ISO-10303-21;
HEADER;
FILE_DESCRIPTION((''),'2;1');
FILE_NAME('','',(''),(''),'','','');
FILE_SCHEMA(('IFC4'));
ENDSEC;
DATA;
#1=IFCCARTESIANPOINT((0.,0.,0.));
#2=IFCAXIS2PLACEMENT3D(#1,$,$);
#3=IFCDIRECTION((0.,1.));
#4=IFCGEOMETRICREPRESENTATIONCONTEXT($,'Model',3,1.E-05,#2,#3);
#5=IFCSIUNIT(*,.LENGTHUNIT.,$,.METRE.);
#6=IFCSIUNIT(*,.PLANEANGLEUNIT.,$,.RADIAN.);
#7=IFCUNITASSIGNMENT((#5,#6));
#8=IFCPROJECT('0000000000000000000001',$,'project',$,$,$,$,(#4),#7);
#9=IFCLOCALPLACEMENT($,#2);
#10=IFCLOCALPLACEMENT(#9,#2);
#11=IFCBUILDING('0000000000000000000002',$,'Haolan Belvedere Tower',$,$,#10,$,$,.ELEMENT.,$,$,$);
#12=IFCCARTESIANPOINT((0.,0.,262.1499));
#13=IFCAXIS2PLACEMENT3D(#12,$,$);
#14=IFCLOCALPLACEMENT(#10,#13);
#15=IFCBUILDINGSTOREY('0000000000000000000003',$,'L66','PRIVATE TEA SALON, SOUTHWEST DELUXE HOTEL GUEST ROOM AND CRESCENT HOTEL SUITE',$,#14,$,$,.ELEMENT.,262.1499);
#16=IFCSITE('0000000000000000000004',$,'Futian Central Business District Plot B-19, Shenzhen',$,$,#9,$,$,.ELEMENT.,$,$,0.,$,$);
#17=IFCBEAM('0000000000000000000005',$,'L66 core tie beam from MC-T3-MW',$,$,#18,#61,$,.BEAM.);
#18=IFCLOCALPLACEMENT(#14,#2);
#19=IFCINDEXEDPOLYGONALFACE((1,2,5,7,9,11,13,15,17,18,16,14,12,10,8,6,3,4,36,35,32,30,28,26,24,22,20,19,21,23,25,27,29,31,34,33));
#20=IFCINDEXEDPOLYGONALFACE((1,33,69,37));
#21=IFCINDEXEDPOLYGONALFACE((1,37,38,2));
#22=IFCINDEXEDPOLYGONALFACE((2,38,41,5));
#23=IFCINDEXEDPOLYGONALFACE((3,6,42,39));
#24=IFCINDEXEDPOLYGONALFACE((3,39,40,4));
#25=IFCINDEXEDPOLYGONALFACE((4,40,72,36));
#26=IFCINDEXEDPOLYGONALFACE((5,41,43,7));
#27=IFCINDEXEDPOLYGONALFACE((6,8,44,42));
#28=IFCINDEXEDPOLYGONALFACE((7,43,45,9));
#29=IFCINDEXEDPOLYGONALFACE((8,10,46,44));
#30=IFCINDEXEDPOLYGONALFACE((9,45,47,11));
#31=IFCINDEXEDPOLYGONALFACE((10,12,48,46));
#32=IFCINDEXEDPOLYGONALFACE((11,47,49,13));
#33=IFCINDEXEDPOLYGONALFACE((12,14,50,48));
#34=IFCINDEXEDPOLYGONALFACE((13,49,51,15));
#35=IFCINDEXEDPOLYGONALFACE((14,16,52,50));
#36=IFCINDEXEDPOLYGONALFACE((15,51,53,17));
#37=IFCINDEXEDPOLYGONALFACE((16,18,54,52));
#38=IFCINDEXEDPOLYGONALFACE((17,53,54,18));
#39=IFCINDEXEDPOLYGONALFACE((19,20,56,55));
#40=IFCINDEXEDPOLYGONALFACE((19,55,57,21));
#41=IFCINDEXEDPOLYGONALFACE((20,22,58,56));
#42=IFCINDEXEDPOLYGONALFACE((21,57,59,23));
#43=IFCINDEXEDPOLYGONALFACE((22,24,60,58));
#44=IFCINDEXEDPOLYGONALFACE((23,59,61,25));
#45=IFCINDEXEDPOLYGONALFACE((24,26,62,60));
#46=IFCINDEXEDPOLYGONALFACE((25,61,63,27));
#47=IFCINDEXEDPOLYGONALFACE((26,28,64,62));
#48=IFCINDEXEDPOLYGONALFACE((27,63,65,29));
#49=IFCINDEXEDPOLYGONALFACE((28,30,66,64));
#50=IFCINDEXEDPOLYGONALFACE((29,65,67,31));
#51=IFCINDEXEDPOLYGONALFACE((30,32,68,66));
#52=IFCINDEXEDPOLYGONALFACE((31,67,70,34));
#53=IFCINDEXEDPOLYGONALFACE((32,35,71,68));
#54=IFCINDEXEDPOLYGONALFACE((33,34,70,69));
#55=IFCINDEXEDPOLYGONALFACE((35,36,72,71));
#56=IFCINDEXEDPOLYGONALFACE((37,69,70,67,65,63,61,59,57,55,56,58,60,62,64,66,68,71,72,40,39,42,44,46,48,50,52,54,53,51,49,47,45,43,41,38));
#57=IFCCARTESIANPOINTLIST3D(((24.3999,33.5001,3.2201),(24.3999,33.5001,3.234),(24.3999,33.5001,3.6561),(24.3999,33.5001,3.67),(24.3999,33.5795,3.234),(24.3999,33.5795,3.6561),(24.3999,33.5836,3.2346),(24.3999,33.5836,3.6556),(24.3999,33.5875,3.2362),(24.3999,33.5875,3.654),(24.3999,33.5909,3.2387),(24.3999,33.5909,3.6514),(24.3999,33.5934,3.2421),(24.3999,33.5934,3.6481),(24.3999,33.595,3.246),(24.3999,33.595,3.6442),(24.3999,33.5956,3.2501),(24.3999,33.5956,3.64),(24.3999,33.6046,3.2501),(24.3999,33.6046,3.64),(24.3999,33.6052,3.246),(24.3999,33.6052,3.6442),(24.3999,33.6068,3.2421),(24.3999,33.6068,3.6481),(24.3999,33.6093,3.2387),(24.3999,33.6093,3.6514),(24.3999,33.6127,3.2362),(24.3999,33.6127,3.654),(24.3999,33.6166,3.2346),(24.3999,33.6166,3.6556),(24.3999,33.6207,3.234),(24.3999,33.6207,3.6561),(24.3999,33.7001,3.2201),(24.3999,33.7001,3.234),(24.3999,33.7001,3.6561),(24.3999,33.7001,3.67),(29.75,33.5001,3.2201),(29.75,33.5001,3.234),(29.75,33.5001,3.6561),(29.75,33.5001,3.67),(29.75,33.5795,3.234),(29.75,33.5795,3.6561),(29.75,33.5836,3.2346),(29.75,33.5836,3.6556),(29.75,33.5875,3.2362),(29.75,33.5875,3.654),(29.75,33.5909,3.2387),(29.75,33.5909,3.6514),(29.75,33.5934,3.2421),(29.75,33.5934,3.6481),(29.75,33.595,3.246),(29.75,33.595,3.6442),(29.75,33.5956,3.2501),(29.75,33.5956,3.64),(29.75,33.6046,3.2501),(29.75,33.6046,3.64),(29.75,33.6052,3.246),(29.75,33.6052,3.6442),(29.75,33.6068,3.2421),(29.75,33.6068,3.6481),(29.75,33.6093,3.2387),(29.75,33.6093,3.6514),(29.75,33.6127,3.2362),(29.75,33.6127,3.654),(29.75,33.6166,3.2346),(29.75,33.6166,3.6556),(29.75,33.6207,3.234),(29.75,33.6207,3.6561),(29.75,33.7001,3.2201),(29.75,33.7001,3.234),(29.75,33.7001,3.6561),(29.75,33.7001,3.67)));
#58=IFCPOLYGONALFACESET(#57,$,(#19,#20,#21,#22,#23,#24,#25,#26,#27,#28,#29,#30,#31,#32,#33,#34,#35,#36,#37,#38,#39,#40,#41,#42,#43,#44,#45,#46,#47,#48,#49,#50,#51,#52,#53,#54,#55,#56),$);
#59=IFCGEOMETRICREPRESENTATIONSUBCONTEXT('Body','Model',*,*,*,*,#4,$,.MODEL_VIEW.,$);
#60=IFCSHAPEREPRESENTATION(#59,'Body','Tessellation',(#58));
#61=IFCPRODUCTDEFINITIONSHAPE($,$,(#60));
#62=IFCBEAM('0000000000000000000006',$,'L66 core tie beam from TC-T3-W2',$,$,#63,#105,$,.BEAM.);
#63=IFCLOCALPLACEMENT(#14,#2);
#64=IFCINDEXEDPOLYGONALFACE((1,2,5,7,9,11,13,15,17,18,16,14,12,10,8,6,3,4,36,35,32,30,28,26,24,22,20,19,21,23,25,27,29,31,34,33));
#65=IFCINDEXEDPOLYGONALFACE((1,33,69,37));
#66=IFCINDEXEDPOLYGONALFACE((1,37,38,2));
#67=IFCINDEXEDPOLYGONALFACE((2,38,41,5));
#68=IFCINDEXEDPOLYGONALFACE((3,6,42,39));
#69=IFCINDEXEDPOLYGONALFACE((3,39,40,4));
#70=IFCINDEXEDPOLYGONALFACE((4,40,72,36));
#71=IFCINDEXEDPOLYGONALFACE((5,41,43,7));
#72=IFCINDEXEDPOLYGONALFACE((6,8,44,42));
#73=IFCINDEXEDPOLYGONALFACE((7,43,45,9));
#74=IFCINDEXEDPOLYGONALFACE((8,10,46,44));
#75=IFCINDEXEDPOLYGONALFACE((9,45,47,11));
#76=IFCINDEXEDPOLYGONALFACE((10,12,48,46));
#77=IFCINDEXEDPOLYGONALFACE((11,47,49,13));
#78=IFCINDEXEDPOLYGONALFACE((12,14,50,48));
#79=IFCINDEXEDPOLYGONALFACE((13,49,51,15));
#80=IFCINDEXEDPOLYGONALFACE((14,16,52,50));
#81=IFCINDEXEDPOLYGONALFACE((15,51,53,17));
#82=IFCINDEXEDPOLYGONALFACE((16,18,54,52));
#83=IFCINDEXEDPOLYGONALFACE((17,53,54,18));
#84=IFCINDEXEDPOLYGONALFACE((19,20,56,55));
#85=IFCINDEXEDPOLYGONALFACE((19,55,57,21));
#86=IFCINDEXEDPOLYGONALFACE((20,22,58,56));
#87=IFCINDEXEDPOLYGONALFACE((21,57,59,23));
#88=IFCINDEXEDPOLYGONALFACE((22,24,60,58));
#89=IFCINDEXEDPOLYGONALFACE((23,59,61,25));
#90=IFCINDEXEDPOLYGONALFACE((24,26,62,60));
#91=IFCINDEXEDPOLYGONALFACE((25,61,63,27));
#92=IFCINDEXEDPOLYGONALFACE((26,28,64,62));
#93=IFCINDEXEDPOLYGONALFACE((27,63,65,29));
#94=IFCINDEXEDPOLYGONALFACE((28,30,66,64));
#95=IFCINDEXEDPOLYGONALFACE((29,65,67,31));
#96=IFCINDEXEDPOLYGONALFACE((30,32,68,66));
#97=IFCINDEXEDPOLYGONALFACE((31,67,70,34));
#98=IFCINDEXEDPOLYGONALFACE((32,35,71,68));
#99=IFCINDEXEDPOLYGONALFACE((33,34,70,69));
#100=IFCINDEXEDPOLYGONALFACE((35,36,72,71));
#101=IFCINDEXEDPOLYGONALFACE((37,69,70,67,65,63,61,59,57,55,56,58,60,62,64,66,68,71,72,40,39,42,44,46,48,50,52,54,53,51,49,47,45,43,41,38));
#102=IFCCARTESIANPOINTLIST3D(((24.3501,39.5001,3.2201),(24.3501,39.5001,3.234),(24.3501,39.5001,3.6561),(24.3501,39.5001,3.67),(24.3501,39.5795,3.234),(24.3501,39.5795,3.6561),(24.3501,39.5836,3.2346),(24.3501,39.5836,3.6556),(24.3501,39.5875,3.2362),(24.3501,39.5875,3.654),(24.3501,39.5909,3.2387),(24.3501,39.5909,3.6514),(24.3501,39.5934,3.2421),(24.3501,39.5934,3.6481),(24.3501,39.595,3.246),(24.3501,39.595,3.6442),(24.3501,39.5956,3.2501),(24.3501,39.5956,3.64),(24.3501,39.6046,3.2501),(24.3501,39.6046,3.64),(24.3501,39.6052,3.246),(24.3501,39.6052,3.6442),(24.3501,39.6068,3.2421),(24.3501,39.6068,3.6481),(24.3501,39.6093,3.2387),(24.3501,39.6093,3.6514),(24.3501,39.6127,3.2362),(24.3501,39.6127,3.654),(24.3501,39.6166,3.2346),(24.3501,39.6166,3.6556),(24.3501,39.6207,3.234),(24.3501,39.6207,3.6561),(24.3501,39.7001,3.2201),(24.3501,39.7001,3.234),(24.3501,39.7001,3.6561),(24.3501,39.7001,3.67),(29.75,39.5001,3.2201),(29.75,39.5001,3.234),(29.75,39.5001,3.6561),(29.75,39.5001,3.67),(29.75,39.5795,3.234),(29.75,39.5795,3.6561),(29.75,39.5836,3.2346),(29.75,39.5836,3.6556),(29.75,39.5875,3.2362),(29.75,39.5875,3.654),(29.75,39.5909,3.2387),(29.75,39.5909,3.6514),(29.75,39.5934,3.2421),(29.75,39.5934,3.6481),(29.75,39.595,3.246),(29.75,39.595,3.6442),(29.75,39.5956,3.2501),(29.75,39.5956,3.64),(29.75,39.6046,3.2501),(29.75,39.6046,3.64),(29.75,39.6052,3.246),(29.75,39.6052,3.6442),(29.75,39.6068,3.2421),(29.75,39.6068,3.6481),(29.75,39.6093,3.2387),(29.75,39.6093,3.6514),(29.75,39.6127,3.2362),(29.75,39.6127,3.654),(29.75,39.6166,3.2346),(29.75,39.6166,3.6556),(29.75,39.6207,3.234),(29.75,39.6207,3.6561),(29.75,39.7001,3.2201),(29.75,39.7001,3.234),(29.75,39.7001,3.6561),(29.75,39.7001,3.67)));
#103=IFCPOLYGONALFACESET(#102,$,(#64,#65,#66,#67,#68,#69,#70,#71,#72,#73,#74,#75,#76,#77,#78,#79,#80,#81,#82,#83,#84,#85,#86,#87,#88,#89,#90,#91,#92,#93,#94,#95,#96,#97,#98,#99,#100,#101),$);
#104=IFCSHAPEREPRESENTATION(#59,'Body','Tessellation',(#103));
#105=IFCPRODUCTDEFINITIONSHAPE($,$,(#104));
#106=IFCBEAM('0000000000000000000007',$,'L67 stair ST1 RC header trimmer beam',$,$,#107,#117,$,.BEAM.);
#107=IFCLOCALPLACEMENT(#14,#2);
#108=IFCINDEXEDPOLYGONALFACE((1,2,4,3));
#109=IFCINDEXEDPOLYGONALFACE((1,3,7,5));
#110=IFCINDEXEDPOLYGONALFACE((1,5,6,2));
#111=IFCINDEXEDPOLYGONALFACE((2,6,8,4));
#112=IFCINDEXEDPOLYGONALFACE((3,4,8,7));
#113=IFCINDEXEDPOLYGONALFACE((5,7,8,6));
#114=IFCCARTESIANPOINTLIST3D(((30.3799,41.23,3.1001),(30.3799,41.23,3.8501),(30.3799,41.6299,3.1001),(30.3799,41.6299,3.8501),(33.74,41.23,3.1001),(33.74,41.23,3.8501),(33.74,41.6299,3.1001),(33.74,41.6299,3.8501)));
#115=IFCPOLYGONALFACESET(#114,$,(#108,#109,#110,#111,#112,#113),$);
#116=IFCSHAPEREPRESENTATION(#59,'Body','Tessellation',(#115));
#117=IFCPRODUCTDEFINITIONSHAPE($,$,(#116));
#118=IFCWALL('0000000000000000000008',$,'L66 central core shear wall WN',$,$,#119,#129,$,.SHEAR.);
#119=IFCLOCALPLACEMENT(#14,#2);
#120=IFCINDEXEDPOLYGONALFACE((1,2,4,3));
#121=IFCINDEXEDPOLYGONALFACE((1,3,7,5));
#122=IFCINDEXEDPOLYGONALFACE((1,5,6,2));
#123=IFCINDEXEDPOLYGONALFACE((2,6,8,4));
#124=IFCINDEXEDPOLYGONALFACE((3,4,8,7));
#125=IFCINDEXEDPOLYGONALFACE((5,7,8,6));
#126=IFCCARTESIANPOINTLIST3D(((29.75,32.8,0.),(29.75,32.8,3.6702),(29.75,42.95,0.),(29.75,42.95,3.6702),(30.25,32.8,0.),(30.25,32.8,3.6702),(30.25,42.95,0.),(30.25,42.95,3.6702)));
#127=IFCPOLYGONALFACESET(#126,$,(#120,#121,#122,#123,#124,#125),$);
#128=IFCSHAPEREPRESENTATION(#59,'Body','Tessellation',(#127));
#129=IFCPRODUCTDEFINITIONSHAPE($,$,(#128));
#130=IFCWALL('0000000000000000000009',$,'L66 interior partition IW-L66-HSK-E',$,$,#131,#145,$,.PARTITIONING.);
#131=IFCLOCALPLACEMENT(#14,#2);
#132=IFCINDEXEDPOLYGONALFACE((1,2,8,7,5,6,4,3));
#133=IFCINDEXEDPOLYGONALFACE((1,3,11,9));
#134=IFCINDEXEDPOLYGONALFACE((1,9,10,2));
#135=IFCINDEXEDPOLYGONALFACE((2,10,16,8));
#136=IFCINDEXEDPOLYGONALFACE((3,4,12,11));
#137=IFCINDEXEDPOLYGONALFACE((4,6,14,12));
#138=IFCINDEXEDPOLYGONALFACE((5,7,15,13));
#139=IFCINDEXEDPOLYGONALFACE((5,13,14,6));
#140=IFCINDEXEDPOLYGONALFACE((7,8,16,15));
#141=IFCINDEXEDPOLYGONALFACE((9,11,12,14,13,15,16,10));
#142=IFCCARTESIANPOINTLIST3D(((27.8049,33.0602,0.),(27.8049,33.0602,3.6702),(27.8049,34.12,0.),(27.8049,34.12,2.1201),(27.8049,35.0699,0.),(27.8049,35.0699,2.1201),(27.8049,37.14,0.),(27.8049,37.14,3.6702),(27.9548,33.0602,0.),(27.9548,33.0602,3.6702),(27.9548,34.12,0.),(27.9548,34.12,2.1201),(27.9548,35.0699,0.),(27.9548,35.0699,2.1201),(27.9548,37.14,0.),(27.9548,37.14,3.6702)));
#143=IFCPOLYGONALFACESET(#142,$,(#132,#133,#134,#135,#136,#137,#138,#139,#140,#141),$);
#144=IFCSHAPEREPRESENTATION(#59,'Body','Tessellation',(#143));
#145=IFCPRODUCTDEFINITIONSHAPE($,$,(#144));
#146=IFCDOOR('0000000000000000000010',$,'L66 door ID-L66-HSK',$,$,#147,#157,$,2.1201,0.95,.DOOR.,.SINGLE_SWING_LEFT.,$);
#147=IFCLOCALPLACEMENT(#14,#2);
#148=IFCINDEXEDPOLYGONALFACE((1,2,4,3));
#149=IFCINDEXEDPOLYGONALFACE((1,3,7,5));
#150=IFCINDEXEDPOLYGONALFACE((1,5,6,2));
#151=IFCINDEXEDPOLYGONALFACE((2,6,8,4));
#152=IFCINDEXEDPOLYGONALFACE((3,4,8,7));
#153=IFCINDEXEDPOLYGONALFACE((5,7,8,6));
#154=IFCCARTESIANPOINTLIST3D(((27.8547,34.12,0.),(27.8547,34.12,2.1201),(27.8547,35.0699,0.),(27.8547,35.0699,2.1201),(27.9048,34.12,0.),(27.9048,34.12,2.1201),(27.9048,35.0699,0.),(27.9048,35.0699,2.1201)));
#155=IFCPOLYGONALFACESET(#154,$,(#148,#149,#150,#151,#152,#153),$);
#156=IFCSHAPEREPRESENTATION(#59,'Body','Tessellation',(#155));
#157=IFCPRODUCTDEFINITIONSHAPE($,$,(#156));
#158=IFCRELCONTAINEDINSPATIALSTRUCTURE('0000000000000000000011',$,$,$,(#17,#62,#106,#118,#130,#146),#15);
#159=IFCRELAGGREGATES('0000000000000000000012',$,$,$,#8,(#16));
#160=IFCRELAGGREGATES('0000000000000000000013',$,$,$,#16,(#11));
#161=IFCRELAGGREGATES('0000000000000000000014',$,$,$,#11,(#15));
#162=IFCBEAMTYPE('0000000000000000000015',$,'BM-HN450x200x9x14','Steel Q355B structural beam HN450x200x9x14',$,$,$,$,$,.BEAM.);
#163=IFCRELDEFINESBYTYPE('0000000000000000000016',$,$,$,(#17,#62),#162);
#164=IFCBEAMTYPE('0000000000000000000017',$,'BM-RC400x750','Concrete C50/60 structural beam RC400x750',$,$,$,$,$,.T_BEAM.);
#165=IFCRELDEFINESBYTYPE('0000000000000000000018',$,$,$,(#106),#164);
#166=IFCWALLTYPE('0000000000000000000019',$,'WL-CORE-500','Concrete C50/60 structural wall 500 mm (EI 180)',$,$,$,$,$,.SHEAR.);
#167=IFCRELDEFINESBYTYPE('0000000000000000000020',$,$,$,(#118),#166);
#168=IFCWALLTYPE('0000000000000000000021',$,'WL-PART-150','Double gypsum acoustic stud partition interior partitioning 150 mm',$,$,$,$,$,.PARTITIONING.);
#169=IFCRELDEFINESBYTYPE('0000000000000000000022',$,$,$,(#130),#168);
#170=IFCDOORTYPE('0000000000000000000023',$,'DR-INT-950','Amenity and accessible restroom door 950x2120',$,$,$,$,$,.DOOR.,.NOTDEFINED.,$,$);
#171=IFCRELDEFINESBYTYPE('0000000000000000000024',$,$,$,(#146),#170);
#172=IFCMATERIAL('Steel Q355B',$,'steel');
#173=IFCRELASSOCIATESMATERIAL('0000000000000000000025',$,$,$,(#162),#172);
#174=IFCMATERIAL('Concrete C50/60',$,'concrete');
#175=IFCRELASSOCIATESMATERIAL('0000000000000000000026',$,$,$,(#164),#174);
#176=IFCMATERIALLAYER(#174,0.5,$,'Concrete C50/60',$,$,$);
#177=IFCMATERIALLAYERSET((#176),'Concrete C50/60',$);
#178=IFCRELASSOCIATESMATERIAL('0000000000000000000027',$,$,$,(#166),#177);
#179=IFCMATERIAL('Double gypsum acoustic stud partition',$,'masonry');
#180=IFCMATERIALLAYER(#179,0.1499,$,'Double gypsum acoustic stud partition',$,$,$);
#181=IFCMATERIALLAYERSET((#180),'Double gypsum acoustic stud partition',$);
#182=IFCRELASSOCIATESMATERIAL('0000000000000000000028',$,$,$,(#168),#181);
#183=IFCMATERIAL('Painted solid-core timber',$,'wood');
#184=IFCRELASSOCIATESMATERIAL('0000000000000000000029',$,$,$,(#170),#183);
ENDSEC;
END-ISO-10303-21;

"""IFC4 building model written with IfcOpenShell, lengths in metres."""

from ifc_helpers import new_model, si_unit, direction, frame, frame_2d, origin, origin_2d, place, context, subcontext, project, spatial, rectangle, i_section, extrude, material, layer, layer_set, material_profile, profile_set, type_object, element, fill, save


model = new_model("IFC4")

# Units and contexts
model_context = context("Model", 3, precision=1e-05, world=origin(), true_north=direction((0.0, 1.0)))
body_context = subcontext(model_context, "Body", "Model", "MODEL_VIEW")
ifc_project = project(units=[si_unit("LENGTHUNIT", "METRE"), si_unit("PLANEANGLEUNIT", "RADIAN")], contexts=[model_context])

# Site, building, storey
site_placement = place(None, origin())
site = spatial("IfcSite", under=ifc_project, at=site_placement, Name="Futian Central Business District Plot B-19, Shenzhen", CompositionType="ELEMENT", RefElevation=0.0)
building_placement = place(site_placement, origin())
building = spatial("IfcBuilding", under=site, at=building_placement, Name="Haolan Belvedere Tower", CompositionType="ELEMENT")
storey_placement = place(building_placement, frame((0.0, 0.0, 262.1499)))
storey = spatial("IfcBuildingStorey", under=building, at=storey_placement, Name="L66", Description="PRIVATE TEA SALON, SOUTHWEST DELUXE HOTEL GUEST ROOM AND CRESCENT HOTEL SUITE", CompositionType="ELEMENT", Elevation=262.1499)

# Beams
ifc_material_1 = material(Name="Steel Q355B", Category="steel")
ifc_material_profile_1 = material_profile(ifc_material_1, i_section(OverallWidth=0.2, OverallDepth=0.45, WebThickness=0.009, FlangeThickness=0.0139, FilletRadius=0.0161, at=origin_2d()), Name="Steel Q355B")
ifc_profile_set_1 = profile_set([ifc_material_profile_1], Name="Steel Q355B")
beam_type_1 = type_object("IfcBeamType", Name="BM-HN450x200x9x14", Description="Steel Q355B structural beam HN450x200x9x14", PredefinedType="BEAM", material=ifc_profile_set_1)
beam_1_placement = place(storey_placement, frame((24.3999, 33.6001, 3.4451), z_axis=(1.0, 0.0, 0.0), x_axis=(0.0, 1.0, 0.0)))
element("IfcBeam", 1, at=beam_1_placement, inside=storey, type_object=beam_type_1, Name="L66 core tie beam from MC-T3-MW", PredefinedType="BEAM", context=body_context, shape_type="SweptSolid", body=[
    extrude(i_section(OverallWidth=0.2, OverallDepth=0.45, WebThickness=0.009, FlangeThickness=0.0139, FilletRadius=0.0161, at=origin_2d()), origin(), (0.0, 0.0, 1.0), 5.3501),
])
beam_2_placement = place(storey_placement, frame((24.3501, 39.6001, 3.4451), z_axis=(1.0, 0.0, 0.0), x_axis=(0.0, 1.0, 0.0)))
element("IfcBeam", 2, at=beam_2_placement, inside=storey, type_object=beam_type_1, Name="L66 core tie beam from TC-T3-W2", PredefinedType="BEAM", context=body_context, shape_type="SweptSolid", body=[
    extrude(i_section(OverallWidth=0.2, OverallDepth=0.45, WebThickness=0.009, FlangeThickness=0.0139, FilletRadius=0.0161, at=origin_2d()), origin(), (0.0, 0.0, 1.0), 5.3999),
])
ifc_material_2 = material(Name="Concrete C50/60", Category="concrete")
ifc_material_profile_2 = material_profile(ifc_material_2, rectangle(XDim=0.3999, YDim=0.75, at=origin_2d()), Name="Concrete C50/60")
ifc_profile_set_2 = profile_set([ifc_material_profile_2], Name="Concrete C50/60")
beam_type_2 = type_object("IfcBeamType", Name="BM-RC400x750", Description="Concrete C50/60 structural beam RC400x750", PredefinedType="T_BEAM", material=ifc_profile_set_2)
beam_3_placement = place(storey_placement, frame((30.3799, 41.4299, 3.4751), z_axis=(1.0, 0.0, 0.0), x_axis=(0.0, 1.0, 0.0)))
element("IfcBeam", 3, at=beam_3_placement, inside=storey, type_object=beam_type_2, Name="L67 stair ST1 RC header trimmer beam", PredefinedType="BEAM", context=body_context, shape_type="SweptSolid", body=[
    extrude(rectangle(XDim=0.3999, YDim=0.75, at=origin_2d()), origin(), (0.0, 0.0, 1.0), 3.3601),
])

# Shared definitions
ifc_layer_1 = layer(ifc_material_2, 0.5, Name="Concrete C50/60")
ifc_layer_set_1 = layer_set([ifc_layer_1], Name="Concrete C50/60")
wall_type_1 = type_object("IfcWallType", Name="WL-CORE-500", Description="Concrete C50/60 structural wall 500 mm (EI 180)", PredefinedType="SHEAR", material=ifc_layer_set_1)

# Wall
wall_1_placement = place(storey_placement, frame((30.0, 32.8, 0.0), z_axis=(0.0, 0.0, 1.0), x_axis=(0.0, 1.0, 0.0)))
element("IfcWall", 4, at=wall_1_placement, inside=storey, type_object=wall_type_1, Name="L66 central core shear wall WN", PredefinedType="SHEAR", context=body_context, shape_type="SweptSolid", body=[
    extrude(rectangle(XDim=10.1499, YDim=0.5, at=frame_2d((5.075, 0.0))), origin(), (0.0, 0.0, 1.0), 3.6702),
])

# Wall, opening, door
ifc_material_3 = material(Name="Double gypsum acoustic stud partition", Category="masonry")
ifc_layer_2 = layer(ifc_material_3, 0.1499, Name="Double gypsum acoustic stud partition")
ifc_layer_set_2 = layer_set([ifc_layer_2], Name="Double gypsum acoustic stud partition")
wall_type_2 = type_object("IfcWallType", Name="WL-PART-150", Description="Double gypsum acoustic stud partition interior partitioning 150 mm", PredefinedType="PARTITIONING", material=ifc_layer_set_2)
wall_2_placement = place(storey_placement, frame((27.8799, 33.0601, 0.0), z_axis=(0.0, 0.0, 1.0), x_axis=(0.0, 1.0, 0.0)))
wall_2 = element("IfcWall", 5, at=wall_2_placement, inside=storey, type_object=wall_type_2, Name="L66 interior partition IW-L66-HSK-E", PredefinedType="PARTITIONING", context=body_context, shape_type="SweptSolid", body=[
    extrude(rectangle(XDim=4.0798, YDim=0.1499, at=frame_2d((2.04, 0.0))), origin(), (0.0, 0.0, 1.0), 3.6702),
])
opening_1_placement = place(wall_2_placement, frame((2.01, 0.0, 0.0), z_axis=(0.0, 0.0, 1.0), x_axis=(-1.0, 0.0, 0.0)))
opening_1 = element("IfcOpeningElement", 6, at=opening_1_placement, cuts=wall_2, PredefinedType="OPENING", context=body_context, shape_type="SweptSolid", body=[
    extrude(rectangle(XDim=0.95, YDim=2.1201, at=frame_2d((0.4751, 1.0601))), frame((0.0, 0.085, 0.0), z_axis=(0.0, -1.0, 0.0), x_axis=(1.0, 0.0, 0.0)), (0.0, 0.0, 1.0), 0.1699),
])
ifc_material_4 = material(Name="Painted solid-core timber", Category="wood")
door_type_1 = type_object("IfcDoorType", Name="DR-INT-950", Description="Amenity and accessible restroom door 950x2120", OperationType="NOTDEFINED", PredefinedType="DOOR", material=ifc_material_4)
door_1_placement = place(opening_1_placement, origin())
door_1 = element("IfcDoor", 7, at=door_1_placement, inside=storey, type_object=door_type_1, Name="L66 door ID-L66-HSK", OperationType="SINGLE_SWING_LEFT", OverallHeight=2.1201, OverallWidth=0.95, PredefinedType="DOOR", context=body_context, shape_type="SweptSolid", body=[
    extrude(rectangle(XDim=0.95, YDim=2.1201, at=frame_2d((0.4751, 1.0601))), frame((0.0, 0.0249, 0.0), z_axis=(0.0, -1.0, 0.0), x_axis=(1.0, 0.0, 0.0)), (0.0, 0.0, 1.0), 0.05),
])
fill(opening_1, door_1)

save(model, "model.ifc")
